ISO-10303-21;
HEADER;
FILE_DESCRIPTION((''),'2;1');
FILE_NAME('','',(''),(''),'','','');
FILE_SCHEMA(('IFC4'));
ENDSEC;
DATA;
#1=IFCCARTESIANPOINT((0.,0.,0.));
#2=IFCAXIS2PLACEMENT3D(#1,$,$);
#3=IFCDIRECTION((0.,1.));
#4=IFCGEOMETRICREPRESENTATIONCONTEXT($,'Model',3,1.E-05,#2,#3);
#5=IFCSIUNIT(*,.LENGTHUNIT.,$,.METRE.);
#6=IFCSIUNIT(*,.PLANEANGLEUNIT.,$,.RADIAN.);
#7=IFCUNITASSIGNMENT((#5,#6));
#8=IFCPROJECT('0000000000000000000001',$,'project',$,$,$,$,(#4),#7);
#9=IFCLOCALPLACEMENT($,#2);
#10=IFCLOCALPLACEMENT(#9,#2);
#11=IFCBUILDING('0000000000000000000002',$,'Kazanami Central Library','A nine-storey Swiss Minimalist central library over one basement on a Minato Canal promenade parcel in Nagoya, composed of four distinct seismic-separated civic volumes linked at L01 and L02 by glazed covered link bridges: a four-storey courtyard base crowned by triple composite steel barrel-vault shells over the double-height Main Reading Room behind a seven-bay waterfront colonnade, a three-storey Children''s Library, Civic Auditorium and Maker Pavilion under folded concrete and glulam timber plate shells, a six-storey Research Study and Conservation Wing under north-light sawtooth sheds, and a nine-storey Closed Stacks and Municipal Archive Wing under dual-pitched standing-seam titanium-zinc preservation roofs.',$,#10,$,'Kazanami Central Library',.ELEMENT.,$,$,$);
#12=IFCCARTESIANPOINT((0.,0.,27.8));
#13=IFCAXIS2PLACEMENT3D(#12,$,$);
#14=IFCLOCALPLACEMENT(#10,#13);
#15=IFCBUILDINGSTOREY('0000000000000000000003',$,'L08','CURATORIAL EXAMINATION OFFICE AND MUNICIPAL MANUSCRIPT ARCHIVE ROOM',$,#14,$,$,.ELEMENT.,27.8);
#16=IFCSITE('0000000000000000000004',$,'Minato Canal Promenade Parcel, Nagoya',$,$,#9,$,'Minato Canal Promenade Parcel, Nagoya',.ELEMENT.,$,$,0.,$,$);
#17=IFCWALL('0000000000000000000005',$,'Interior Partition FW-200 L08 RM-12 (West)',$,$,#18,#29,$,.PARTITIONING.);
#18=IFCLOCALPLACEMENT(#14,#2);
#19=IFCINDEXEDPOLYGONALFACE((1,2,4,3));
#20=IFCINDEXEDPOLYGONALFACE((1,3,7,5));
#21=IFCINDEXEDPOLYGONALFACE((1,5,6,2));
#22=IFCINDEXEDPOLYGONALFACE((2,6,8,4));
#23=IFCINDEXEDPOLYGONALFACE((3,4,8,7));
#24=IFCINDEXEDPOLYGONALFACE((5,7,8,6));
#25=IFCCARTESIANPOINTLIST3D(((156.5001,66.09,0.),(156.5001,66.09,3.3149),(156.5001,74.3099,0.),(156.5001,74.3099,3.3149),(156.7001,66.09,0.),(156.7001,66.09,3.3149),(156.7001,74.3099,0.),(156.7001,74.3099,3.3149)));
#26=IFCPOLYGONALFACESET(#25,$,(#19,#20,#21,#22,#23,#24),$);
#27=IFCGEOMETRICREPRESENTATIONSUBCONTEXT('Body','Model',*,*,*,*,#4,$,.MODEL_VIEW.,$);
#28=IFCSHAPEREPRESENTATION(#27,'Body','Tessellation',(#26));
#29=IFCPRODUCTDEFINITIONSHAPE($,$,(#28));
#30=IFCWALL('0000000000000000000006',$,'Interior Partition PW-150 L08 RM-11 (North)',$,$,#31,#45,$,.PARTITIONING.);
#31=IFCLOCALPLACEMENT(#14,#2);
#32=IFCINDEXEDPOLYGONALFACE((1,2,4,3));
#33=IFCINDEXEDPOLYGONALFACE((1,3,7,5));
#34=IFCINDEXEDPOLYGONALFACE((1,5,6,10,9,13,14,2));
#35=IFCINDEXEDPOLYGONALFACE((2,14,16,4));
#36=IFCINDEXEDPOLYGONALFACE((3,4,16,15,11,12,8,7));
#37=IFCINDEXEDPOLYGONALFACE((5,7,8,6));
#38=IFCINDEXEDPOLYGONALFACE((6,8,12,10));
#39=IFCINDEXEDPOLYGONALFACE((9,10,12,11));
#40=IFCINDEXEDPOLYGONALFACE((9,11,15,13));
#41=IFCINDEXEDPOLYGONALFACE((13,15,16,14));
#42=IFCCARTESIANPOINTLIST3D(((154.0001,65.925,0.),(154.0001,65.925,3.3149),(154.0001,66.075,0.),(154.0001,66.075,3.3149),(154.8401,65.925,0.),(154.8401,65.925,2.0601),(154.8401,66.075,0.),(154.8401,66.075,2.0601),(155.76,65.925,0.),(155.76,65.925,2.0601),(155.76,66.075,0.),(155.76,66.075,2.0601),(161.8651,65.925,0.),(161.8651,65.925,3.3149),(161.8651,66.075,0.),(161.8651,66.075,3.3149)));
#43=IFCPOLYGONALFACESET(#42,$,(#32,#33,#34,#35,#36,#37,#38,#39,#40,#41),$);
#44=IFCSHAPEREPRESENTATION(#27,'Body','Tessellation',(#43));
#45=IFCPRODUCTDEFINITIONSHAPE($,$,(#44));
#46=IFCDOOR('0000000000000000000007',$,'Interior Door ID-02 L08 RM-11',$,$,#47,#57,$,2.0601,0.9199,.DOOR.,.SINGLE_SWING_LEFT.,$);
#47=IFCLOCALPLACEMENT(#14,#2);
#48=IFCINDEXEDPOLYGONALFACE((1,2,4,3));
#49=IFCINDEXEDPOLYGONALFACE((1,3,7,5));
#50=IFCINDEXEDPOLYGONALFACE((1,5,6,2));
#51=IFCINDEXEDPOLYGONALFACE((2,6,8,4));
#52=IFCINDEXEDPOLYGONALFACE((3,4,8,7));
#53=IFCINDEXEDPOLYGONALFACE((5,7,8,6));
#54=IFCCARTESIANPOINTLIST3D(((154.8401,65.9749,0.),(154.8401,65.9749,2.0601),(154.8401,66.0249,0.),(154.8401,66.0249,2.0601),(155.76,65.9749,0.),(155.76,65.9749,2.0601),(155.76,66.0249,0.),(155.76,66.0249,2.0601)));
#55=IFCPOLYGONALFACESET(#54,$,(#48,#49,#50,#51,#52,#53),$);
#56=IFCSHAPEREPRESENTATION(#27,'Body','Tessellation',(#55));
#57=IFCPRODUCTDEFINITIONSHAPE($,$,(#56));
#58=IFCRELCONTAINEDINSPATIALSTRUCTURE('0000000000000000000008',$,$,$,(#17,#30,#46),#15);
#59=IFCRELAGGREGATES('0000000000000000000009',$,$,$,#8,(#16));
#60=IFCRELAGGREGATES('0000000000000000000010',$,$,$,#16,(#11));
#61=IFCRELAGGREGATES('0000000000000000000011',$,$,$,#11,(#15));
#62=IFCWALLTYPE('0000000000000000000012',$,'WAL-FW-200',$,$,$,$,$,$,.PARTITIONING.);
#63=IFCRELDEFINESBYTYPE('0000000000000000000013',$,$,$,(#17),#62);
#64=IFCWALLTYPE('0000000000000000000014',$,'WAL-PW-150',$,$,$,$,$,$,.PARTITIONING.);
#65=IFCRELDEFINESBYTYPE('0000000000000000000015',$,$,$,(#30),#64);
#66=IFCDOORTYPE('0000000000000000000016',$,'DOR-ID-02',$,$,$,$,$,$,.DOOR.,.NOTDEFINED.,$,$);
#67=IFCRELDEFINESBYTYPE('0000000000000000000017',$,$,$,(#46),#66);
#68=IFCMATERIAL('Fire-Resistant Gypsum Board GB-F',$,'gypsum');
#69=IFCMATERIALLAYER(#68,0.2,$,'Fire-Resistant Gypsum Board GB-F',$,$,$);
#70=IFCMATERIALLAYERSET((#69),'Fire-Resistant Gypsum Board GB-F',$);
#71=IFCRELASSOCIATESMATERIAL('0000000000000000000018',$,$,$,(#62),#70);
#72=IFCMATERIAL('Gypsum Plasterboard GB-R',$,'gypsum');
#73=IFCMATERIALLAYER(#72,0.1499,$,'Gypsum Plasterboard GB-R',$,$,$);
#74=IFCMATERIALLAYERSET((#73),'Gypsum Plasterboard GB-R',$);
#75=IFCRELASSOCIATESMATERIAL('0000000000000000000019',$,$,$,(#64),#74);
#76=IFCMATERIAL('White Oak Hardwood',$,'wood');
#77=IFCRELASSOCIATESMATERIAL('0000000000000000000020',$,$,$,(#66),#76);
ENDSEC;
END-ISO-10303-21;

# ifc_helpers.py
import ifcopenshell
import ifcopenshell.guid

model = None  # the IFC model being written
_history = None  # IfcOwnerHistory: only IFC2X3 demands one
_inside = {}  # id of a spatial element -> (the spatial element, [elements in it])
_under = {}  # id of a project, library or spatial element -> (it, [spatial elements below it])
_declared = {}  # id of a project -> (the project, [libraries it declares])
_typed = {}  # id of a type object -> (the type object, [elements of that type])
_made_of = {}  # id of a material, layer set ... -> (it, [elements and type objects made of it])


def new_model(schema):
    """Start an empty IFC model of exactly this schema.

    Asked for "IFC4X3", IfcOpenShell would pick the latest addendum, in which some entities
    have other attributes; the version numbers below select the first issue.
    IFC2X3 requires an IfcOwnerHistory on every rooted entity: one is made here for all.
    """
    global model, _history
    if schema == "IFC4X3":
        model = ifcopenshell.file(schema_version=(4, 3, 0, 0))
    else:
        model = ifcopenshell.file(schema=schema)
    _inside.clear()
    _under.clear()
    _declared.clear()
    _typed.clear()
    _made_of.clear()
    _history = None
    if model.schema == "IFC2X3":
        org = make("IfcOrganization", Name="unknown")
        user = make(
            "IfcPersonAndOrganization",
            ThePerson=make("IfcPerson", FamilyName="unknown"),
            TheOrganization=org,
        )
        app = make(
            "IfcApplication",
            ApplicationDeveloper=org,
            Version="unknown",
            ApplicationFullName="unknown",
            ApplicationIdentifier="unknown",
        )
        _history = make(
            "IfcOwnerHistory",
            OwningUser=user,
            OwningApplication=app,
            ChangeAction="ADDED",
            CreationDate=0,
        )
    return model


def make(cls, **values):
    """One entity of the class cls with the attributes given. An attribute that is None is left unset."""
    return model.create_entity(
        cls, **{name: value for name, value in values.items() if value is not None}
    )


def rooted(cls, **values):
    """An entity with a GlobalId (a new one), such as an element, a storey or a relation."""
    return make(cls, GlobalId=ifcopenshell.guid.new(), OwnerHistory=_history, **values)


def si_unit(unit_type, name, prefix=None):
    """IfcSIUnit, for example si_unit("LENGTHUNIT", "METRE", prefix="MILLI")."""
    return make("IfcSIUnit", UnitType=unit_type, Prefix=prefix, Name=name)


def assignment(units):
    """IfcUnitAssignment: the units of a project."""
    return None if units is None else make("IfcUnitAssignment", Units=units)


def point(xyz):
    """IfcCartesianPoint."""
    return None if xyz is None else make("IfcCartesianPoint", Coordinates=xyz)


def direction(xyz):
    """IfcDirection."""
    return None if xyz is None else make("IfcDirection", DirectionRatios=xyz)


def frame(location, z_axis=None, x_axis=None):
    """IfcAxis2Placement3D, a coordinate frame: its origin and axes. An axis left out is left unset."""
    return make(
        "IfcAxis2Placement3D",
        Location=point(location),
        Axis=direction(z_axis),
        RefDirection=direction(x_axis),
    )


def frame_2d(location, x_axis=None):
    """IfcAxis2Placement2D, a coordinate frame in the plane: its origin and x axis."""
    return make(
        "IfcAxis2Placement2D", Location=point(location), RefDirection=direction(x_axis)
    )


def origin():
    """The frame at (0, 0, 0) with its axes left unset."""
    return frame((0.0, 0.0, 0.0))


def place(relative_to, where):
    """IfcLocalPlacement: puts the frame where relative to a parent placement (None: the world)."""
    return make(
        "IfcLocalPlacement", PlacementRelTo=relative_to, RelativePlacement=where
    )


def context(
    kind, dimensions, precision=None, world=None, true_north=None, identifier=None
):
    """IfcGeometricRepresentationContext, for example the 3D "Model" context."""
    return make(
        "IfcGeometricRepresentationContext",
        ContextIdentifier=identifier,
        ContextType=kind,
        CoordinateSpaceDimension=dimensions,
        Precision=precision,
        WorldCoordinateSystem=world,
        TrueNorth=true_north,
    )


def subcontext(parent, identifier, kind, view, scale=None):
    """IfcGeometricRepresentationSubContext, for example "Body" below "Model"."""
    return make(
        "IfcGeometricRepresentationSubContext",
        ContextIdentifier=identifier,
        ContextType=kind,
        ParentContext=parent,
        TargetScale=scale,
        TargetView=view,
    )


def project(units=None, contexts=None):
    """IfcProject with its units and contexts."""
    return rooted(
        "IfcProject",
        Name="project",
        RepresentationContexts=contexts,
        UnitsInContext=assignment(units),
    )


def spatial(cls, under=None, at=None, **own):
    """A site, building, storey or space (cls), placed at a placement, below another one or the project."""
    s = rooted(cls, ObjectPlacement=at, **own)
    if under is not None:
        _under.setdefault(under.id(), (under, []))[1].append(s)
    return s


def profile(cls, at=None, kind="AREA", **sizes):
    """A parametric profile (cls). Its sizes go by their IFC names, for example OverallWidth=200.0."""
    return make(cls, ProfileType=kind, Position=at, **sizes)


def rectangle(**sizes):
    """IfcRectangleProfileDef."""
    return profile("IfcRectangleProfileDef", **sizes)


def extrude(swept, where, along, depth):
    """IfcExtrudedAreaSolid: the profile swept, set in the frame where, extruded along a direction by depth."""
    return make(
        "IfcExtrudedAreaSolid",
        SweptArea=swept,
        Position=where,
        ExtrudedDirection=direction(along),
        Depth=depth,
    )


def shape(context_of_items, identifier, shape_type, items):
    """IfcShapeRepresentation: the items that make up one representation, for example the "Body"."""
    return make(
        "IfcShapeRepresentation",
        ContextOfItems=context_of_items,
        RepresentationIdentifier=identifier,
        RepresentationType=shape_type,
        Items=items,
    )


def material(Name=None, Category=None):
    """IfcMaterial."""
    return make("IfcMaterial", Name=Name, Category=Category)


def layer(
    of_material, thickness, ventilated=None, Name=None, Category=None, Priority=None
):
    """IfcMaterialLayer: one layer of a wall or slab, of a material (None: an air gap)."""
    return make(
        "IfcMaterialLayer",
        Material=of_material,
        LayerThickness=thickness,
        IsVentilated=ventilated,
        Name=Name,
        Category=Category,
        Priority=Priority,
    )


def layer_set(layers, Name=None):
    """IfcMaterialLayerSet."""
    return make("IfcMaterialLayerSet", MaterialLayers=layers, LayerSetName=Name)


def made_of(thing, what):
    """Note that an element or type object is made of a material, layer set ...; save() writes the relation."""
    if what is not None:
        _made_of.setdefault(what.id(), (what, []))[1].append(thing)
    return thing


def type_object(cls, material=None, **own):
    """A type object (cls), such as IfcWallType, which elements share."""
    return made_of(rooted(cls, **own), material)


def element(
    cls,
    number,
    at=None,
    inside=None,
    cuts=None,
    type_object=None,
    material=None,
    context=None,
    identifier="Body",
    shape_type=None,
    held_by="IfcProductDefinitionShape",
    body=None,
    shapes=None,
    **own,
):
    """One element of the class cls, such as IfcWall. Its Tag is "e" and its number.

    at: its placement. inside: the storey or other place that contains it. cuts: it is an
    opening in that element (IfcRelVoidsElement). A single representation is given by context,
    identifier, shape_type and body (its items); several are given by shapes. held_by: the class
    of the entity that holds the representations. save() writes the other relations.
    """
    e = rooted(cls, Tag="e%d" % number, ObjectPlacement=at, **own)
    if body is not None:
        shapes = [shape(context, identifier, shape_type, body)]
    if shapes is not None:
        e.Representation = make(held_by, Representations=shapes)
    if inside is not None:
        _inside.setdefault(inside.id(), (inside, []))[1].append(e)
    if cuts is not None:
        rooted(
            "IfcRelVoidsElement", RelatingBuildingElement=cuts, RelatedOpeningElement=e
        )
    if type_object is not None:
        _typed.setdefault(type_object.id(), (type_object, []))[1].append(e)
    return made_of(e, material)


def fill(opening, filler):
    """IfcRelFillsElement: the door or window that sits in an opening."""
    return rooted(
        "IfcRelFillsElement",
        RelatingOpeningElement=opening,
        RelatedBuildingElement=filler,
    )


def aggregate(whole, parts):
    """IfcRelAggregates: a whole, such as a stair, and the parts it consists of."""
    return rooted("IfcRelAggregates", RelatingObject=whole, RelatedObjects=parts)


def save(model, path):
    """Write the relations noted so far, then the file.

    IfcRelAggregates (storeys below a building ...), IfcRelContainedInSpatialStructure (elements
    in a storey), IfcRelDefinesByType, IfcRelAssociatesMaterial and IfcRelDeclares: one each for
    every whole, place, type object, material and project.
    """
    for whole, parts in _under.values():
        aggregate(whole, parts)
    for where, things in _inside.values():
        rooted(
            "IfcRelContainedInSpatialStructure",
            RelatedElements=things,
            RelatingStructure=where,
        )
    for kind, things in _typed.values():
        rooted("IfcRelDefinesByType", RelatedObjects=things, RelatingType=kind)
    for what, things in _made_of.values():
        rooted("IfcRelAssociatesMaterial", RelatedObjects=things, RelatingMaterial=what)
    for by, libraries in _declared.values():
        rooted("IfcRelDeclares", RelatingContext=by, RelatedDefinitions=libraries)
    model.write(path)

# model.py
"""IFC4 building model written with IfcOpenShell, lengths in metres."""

from ifc_helpers import new_model, si_unit, direction, frame, frame_2d, origin, place, context, subcontext, project, spatial, rectangle, extrude, material, layer, layer_set, type_object, element, fill, save


model = new_model("IFC4")

# Units and contexts
model_context = context("Model", 3, precision=1e-05, world=origin(), true_north=direction((0.0, 1.0)))
body_context = subcontext(model_context, "Body", "Model", "MODEL_VIEW")
ifc_project = project(units=[si_unit("LENGTHUNIT", "METRE"), si_unit("PLANEANGLEUNIT", "RADIAN")], contexts=[model_context])

# Site, building, storey
site_placement = place(None, origin())
site = spatial("IfcSite", under=ifc_project, at=site_placement, Name="Minato Canal Promenade Parcel, Nagoya", LongName="Minato Canal Promenade Parcel, Nagoya", CompositionType="ELEMENT", RefElevation=0.0)
building_placement = place(site_placement, origin())
building = spatial("IfcBuilding", under=site, at=building_placement, Name="Kazanami Central Library", Description="A nine-storey Swiss Minimalist central library over one basement on a Minato Canal promenade parcel in Nagoya, composed of four distinct seismic-separated civic volumes linked at L01 and L02 by glazed covered link bridges: a four-storey courtyard base crowned by triple composite steel barrel-vault shells over the double-height Main Reading Room behind a seven-bay waterfront colonnade, a three-storey Children's Library, Civic Auditorium and Maker Pavilion under folded concrete and glulam timber plate shells, a six-storey Research Study and Conservation Wing under north-light sawtooth sheds, and a nine-storey Closed Stacks and Municipal Archive Wing under dual-pitched standing-seam titanium-zinc preservation roofs.", LongName="Kazanami Central Library", CompositionType="ELEMENT")
storey_placement = place(building_placement, frame((0.0, 0.0, 27.8)))
storey = spatial("IfcBuildingStorey", under=building, at=storey_placement, Name="L08", Description="CURATORIAL EXAMINATION OFFICE AND MUNICIPAL MANUSCRIPT ARCHIVE ROOM", CompositionType="ELEMENT", Elevation=27.8)

# Wall
ifc_material_1 = material(Name="Fire-Resistant Gypsum Board GB-F", Category="gypsum")
ifc_layer_1 = layer(ifc_material_1, 0.2, Name="Fire-Resistant Gypsum Board GB-F")
ifc_layer_set_1 = layer_set([ifc_layer_1], Name="Fire-Resistant Gypsum Board GB-F")
wall_type_1 = type_object("IfcWallType", Name="WAL-FW-200", PredefinedType="PARTITIONING", material=ifc_layer_set_1)
wall_1_placement = place(storey_placement, frame((156.6001, 66.0901, 0.0), z_axis=(0.0, 0.0, 1.0), x_axis=(0.0, 1.0, 0.0)))
element("IfcWall", 1, at=wall_1_placement, inside=storey, type_object=wall_type_1, Name="Interior Partition FW-200 L08 RM-12 (West)", PredefinedType="PARTITIONING", context=body_context, shape_type="SweptSolid", body=[
    extrude(rectangle(XDim=8.22, YDim=0.2, at=frame_2d((4.1099, 0.0))), origin(), (0.0, 0.0, 1.0), 3.3149),
])

# Wall, opening, door
ifc_material_2 = material(Name="Gypsum Plasterboard GB-R", Category="gypsum")
ifc_layer_2 = layer(ifc_material_2, 0.1499, Name="Gypsum Plasterboard GB-R")
ifc_layer_set_2 = layer_set([ifc_layer_2], Name="Gypsum Plasterboard GB-R")
wall_type_2 = type_object("IfcWallType", Name="WAL-PW-150", PredefinedType="PARTITIONING", material=ifc_layer_set_2)
wall_2_placement = place(storey_placement, frame((154.0, 66.0, 0.0), z_axis=(0.0, 0.0, 1.0), x_axis=(1.0, 0.0, 0.0)))
wall_2 = element("IfcWall", 2, at=wall_2_placement, inside=storey, type_object=wall_type_2, Name="Interior Partition PW-150 L08 RM-11 (North)", PredefinedType="PARTITIONING", context=body_context, shape_type="SweptSolid", body=[
    extrude(rectangle(XDim=7.865, YDim=0.1499, at=frame_2d((3.9326, 0.0))), origin(), (0.0, 0.0, 1.0), 3.3149),
])
opening_1_placement = place(wall_2_placement, frame((0.8401, 0.0, 0.0)))
opening_1 = element("IfcOpeningElement", 3, at=opening_1_placement, cuts=wall_2, PredefinedType="OPENING", context=body_context, shape_type="SweptSolid", body=[
    extrude(rectangle(XDim=0.9199, YDim=2.0601, at=frame_2d((0.46, 1.03))), frame((0.0, 0.0869, 0.0), z_axis=(0.0, -1.0, 0.0), x_axis=(1.0, 0.0, 0.0)), (0.0, 0.0, 1.0), 0.1738),
])
ifc_material_3 = material(Name="White Oak Hardwood", Category="wood")
door_type = type_object("IfcDoorType", Name="DOR-ID-02", OperationType="NOTDEFINED", PredefinedType="DOOR", material=ifc_material_3)
door_placement = place(opening_1_placement, origin())
door = element("IfcDoor", 4, at=door_placement, inside=storey, type_object=door_type, Name="Interior Door ID-02 L08 RM-11", OperationType="SINGLE_SWING_LEFT", OverallHeight=2.0601, OverallWidth=0.9199, PredefinedType="DOOR", context=body_context, shape_type="SweptSolid", body=[
    extrude(rectangle(XDim=0.9199, YDim=2.0601, at=frame_2d((0.46, 1.03))), frame((0.0, 0.0249, 0.0), z_axis=(0.0, -1.0, 0.0), x_axis=(1.0, 0.0, 0.0)), (0.0, 0.0, 1.0), 0.05),
])
fill(opening_1, door)

save(model, "model.ifc")
